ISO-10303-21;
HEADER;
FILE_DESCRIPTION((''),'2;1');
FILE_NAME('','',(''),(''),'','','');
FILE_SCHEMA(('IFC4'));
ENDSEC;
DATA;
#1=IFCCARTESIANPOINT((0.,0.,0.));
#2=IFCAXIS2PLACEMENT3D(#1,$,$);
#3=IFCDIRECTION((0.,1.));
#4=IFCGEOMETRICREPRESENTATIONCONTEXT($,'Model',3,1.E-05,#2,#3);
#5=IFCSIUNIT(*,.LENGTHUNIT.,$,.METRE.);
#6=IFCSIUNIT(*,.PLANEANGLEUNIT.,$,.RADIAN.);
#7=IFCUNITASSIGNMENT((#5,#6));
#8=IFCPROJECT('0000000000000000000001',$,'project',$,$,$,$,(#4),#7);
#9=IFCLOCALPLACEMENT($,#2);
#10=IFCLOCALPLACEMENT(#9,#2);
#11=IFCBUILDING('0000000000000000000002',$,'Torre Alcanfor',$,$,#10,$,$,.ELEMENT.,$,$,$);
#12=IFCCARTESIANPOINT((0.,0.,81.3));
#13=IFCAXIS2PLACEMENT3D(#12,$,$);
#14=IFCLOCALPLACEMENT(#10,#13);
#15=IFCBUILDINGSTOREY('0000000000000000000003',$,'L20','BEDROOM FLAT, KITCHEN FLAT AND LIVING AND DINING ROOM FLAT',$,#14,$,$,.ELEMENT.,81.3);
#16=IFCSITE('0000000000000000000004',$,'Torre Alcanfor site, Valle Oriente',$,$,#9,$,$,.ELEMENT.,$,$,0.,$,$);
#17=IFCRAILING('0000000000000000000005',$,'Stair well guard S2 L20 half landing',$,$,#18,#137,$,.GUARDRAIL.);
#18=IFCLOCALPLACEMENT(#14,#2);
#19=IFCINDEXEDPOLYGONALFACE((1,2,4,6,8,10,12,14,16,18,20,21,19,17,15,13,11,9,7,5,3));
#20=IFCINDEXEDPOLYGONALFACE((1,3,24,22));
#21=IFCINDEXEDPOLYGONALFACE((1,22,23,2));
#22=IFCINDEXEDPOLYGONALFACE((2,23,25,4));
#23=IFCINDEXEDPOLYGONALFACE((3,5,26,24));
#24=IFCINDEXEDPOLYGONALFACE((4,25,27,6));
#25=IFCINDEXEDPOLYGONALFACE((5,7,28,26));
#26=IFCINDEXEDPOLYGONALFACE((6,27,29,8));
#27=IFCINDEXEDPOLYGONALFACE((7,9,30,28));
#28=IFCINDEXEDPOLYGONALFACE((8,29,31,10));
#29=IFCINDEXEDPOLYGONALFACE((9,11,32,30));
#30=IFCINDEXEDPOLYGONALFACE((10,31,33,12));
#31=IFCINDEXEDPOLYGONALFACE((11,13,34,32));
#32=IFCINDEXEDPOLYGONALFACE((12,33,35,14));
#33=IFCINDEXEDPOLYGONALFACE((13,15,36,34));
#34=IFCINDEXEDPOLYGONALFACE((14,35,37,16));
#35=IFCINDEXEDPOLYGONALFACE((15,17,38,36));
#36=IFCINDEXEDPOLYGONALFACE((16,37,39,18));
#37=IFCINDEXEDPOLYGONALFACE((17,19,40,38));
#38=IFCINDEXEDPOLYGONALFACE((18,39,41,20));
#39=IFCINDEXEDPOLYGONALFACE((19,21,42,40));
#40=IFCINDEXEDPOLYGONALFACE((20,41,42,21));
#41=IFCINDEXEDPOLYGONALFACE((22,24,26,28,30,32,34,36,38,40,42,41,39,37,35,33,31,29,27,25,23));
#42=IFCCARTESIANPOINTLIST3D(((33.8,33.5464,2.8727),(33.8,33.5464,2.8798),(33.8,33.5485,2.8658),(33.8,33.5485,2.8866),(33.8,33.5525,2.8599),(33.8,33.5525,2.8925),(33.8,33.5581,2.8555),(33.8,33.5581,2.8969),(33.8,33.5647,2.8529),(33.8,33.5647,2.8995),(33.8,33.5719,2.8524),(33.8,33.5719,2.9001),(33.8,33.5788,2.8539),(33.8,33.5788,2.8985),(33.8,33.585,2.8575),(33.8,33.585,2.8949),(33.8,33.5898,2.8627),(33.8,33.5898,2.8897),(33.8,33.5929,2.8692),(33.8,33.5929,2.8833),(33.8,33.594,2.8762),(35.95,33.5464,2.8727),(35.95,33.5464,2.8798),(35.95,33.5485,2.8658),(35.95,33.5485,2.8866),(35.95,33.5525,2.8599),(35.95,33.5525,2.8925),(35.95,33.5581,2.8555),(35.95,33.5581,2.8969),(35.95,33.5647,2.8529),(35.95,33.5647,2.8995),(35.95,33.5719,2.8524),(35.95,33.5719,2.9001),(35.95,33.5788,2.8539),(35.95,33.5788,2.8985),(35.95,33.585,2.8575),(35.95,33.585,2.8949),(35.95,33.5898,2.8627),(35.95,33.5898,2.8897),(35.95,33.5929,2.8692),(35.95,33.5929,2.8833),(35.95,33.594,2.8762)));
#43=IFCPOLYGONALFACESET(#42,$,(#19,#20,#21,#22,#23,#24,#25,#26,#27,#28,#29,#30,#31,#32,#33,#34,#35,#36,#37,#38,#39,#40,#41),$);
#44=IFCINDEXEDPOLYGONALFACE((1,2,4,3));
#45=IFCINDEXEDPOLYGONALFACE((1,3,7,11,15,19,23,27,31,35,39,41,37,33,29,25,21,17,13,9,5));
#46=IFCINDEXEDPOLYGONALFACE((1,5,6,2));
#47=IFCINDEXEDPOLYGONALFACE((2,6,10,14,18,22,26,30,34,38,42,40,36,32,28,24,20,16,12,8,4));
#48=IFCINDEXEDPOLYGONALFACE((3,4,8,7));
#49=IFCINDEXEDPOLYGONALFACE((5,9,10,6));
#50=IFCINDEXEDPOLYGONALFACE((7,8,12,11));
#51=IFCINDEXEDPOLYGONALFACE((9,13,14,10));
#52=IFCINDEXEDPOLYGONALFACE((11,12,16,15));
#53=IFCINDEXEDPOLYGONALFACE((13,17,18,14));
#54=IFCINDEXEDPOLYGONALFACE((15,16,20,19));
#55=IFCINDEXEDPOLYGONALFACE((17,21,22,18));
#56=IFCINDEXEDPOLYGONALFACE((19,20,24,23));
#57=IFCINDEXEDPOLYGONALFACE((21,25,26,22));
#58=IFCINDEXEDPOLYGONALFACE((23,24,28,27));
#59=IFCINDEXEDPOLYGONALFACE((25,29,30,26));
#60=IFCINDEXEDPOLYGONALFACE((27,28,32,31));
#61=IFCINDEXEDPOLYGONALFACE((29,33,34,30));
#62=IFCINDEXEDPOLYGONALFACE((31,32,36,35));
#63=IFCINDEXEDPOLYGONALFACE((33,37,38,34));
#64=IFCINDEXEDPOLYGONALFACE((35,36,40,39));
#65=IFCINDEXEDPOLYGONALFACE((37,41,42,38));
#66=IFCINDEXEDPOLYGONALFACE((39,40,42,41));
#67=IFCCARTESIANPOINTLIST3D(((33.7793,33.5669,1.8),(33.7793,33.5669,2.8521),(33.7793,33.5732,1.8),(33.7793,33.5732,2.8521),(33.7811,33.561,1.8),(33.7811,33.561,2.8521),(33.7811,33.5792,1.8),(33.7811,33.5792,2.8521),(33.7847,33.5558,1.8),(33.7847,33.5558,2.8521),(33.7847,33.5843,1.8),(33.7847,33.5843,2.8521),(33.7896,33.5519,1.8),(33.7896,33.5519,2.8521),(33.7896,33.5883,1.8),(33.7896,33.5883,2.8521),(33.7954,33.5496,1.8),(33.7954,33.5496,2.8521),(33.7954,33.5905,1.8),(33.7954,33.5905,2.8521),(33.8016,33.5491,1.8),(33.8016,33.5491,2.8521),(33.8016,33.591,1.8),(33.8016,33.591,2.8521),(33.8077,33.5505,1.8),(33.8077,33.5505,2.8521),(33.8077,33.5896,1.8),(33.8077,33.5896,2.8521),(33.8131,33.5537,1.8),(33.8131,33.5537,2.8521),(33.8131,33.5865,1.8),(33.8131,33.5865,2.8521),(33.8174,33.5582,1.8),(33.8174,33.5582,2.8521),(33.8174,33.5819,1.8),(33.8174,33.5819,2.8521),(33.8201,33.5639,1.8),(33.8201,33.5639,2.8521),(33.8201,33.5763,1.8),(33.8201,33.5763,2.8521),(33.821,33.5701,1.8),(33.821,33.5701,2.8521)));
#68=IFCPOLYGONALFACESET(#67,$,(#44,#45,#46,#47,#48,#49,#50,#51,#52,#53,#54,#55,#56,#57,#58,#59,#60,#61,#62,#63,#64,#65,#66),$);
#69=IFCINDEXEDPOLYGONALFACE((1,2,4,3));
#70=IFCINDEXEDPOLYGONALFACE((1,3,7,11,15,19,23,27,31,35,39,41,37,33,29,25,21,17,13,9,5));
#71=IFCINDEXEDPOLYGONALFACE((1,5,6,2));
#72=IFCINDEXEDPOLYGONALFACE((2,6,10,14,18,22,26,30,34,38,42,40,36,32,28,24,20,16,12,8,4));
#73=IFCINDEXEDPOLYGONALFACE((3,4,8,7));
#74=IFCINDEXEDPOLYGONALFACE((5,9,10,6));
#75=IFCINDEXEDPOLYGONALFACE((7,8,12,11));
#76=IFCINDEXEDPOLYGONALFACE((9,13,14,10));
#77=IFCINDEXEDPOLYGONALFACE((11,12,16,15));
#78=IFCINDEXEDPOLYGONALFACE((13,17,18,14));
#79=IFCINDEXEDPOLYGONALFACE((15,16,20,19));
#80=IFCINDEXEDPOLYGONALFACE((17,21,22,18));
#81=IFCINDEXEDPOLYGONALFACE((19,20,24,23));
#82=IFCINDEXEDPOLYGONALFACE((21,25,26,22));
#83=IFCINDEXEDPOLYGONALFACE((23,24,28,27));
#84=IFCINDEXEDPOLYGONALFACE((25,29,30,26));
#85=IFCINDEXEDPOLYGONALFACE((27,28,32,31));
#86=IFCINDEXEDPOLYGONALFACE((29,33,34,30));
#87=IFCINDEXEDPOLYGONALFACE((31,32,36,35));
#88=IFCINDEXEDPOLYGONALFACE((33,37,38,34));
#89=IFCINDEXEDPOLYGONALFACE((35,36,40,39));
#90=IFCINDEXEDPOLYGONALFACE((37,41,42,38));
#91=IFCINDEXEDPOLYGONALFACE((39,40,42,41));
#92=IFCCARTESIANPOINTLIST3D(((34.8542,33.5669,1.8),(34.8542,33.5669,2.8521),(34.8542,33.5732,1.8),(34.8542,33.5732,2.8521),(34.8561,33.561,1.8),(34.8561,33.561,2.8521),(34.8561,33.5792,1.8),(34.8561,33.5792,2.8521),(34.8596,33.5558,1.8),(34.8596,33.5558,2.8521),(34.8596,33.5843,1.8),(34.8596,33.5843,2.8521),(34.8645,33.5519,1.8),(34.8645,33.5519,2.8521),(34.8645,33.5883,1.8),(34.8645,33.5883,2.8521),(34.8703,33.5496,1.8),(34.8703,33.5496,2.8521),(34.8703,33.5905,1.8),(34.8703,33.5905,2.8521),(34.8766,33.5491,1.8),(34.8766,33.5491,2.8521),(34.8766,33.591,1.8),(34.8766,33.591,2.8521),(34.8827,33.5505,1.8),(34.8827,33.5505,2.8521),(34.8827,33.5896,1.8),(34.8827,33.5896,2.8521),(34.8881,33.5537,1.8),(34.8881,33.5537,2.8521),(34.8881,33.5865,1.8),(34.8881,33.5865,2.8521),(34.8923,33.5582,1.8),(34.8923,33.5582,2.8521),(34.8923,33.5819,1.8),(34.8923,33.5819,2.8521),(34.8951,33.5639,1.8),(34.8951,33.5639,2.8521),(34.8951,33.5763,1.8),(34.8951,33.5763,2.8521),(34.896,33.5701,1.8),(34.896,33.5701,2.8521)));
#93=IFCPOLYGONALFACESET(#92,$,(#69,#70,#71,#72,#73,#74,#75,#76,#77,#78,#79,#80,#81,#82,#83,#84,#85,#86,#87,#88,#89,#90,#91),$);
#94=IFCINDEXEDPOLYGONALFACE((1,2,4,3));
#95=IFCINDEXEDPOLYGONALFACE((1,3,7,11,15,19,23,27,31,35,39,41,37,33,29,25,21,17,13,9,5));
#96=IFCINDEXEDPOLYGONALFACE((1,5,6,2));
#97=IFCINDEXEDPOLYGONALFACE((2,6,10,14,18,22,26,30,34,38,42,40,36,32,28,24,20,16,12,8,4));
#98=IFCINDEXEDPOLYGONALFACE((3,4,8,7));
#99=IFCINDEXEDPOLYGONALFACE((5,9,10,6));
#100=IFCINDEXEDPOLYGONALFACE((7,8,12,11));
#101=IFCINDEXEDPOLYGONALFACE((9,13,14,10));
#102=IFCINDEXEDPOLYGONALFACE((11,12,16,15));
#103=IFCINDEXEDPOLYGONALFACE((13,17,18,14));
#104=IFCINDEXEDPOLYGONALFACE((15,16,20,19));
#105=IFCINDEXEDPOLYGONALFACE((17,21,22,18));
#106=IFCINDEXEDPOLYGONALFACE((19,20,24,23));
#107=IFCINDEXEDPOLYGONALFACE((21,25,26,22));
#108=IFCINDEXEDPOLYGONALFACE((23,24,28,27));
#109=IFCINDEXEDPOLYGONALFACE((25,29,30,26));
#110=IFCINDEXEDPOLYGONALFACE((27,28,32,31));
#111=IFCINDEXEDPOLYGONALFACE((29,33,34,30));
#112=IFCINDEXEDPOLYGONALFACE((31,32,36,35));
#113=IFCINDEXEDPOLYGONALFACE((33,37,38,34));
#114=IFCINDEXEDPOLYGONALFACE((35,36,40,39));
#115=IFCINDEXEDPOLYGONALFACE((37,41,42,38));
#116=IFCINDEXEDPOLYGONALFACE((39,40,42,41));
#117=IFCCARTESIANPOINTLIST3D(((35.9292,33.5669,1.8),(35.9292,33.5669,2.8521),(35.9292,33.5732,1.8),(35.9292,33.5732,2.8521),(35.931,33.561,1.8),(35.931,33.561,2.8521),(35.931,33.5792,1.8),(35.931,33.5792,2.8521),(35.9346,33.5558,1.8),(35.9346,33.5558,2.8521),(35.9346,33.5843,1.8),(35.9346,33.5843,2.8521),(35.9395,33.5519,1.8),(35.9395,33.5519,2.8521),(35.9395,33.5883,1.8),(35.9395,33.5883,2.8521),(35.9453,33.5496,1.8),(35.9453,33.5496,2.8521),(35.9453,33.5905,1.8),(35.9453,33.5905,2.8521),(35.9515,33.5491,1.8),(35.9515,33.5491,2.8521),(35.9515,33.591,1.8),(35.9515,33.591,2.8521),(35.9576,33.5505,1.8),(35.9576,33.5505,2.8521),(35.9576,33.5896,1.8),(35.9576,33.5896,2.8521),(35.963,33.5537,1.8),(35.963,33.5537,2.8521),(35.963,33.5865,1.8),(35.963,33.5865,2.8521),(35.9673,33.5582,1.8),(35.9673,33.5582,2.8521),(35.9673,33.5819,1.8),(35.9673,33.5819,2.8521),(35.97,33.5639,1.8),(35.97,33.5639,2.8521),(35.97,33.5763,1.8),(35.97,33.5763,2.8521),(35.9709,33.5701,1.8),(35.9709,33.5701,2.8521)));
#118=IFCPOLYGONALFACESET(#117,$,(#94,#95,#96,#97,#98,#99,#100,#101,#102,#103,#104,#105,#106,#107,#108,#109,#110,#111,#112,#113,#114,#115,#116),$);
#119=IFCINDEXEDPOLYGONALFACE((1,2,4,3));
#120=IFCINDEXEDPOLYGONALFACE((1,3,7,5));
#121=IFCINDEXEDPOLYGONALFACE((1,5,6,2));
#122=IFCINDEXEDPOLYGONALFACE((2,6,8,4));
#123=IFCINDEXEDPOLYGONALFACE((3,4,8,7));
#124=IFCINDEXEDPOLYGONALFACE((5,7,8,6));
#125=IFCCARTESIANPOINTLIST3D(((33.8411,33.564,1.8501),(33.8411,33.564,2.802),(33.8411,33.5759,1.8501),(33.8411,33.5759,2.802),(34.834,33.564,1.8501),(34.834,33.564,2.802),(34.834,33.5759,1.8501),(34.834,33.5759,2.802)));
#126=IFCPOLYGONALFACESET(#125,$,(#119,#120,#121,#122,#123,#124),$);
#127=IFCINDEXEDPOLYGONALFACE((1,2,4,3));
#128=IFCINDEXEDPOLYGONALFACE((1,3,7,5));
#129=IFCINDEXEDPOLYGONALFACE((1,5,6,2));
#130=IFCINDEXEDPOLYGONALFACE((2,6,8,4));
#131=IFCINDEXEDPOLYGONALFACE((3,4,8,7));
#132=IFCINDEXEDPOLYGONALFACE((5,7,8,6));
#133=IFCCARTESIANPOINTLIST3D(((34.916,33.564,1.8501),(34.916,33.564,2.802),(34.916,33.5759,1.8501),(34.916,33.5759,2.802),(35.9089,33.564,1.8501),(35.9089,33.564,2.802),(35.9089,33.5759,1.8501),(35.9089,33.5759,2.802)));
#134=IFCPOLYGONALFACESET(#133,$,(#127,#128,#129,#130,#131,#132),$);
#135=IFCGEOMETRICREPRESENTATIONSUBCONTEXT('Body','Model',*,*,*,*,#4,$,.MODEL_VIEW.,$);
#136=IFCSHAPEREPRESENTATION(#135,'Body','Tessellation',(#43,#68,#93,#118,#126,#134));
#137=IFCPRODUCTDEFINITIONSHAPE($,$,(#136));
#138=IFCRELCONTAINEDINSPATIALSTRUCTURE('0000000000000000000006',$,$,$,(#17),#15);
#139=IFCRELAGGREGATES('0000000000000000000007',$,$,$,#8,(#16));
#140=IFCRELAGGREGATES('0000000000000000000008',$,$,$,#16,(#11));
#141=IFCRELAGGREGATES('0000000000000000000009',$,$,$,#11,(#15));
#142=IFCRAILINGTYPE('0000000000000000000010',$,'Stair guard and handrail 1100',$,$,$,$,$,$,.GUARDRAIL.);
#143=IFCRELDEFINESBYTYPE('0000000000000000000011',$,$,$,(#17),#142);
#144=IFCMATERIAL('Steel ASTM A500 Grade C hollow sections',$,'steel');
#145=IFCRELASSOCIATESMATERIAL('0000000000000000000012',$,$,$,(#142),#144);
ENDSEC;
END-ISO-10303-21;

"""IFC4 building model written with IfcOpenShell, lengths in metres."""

from ifc_helpers import new_model, si_unit, direction, frame, origin, origin_2d, place, context, subcontext, project, spatial, polyline, circle, outline, extrude, material, type_object, element, save


model = new_model("IFC4")

# Units and contexts
model_context = context("Model", 3, precision=1e-05, world=origin(), true_north=direction((0.0, 1.0)))
body_context = subcontext(model_context, "Body", "Model", "MODEL_VIEW")
ifc_project = project(units=[si_unit("LENGTHUNIT", "METRE"), si_unit("PLANEANGLEUNIT", "RADIAN")], contexts=[model_context])

# Site, building, storey
site_placement = place(None, origin())
site = spatial("IfcSite", under=ifc_project, at=site_placement, Name="Torre Alcanfor site, Valle Oriente", CompositionType="ELEMENT", RefElevation=0.0)
building_placement = place(site_placement, origin())
building = spatial("IfcBuilding", under=site, at=building_placement, Name="Torre Alcanfor", CompositionType="ELEMENT")
storey_placement = place(building_placement, frame((0.0, 0.0, 81.3)))
storey = spatial("IfcBuildingStorey", under=building, at=storey_placement, Name="L20", Description="BEDROOM FLAT, KITCHEN FLAT AND LIVING AND DINING ROOM FLAT", CompositionType="ELEMENT", Elevation=81.3)

# Railing
ifc_material_1 = material(Name="Steel ASTM A500 Grade C hollow sections", Category="steel")
railing_type_1 = type_object("IfcRailingType", Name="Stair guard and handrail 1100", PredefinedType="GUARDRAIL", material=ifc_material_1)
for number, where, name in (
    (1, (33.8, 33.5701, 1.8), "Stair well guard S2 L20 half landing"),
):
    element("IfcRailing", number, at=place(storey_placement, frame(where)), inside=storey, type_object=railing_type_1, Name=name, PredefinedType="GUARDRAIL", context=body_context, shape_type="SweptSolid", body=[
        extrude(circle(Radius=0.0239, at=origin_2d()), frame((0.0, 0.0, 1.0762), z_axis=(1.0, 0.0, 0.0), x_axis=(0.0, 1.0, 0.0)), (0.0, 0.0, 1.0), 2.1499),
        extrude(circle(Radius=0.021, at=origin_2d()), origin(), (0.0, 0.0, 1.0), 1.052),
        extrude(circle(Radius=0.021, at=origin_2d()), frame((1.075, 0.0, 0.0)), (0.0, 0.0, 1.0), 1.052),
        extrude(circle(Radius=0.021, at=origin_2d()), frame((2.1499, 0.0, 0.0)), (0.0, 0.0, 1.0), 1.052),
        extrude(outline(polyline([(0.041, 0.05), (1.0339, 0.05), (1.0339, 1.002), (0.041, 1.002), (0.041, 0.05)])), frame((0.0, 0.0059, 0.0), z_axis=(0.0, -1.0, 0.0), x_axis=(1.0, 0.0, 0.0)), (0.0, 0.0, 1.0), 0.012),
        extrude(outline(polyline([(1.116, 0.05), (2.1089, 0.05), (2.1089, 1.002), (1.116, 1.002), (1.116, 0.05)])), frame((0.0, 0.0059, 0.0), z_axis=(0.0, -1.0, 0.0), x_axis=(1.0, 0.0, 0.0)), (0.0, 0.0, 1.0), 0.012),
    ])

save(model, "model.ifc")
